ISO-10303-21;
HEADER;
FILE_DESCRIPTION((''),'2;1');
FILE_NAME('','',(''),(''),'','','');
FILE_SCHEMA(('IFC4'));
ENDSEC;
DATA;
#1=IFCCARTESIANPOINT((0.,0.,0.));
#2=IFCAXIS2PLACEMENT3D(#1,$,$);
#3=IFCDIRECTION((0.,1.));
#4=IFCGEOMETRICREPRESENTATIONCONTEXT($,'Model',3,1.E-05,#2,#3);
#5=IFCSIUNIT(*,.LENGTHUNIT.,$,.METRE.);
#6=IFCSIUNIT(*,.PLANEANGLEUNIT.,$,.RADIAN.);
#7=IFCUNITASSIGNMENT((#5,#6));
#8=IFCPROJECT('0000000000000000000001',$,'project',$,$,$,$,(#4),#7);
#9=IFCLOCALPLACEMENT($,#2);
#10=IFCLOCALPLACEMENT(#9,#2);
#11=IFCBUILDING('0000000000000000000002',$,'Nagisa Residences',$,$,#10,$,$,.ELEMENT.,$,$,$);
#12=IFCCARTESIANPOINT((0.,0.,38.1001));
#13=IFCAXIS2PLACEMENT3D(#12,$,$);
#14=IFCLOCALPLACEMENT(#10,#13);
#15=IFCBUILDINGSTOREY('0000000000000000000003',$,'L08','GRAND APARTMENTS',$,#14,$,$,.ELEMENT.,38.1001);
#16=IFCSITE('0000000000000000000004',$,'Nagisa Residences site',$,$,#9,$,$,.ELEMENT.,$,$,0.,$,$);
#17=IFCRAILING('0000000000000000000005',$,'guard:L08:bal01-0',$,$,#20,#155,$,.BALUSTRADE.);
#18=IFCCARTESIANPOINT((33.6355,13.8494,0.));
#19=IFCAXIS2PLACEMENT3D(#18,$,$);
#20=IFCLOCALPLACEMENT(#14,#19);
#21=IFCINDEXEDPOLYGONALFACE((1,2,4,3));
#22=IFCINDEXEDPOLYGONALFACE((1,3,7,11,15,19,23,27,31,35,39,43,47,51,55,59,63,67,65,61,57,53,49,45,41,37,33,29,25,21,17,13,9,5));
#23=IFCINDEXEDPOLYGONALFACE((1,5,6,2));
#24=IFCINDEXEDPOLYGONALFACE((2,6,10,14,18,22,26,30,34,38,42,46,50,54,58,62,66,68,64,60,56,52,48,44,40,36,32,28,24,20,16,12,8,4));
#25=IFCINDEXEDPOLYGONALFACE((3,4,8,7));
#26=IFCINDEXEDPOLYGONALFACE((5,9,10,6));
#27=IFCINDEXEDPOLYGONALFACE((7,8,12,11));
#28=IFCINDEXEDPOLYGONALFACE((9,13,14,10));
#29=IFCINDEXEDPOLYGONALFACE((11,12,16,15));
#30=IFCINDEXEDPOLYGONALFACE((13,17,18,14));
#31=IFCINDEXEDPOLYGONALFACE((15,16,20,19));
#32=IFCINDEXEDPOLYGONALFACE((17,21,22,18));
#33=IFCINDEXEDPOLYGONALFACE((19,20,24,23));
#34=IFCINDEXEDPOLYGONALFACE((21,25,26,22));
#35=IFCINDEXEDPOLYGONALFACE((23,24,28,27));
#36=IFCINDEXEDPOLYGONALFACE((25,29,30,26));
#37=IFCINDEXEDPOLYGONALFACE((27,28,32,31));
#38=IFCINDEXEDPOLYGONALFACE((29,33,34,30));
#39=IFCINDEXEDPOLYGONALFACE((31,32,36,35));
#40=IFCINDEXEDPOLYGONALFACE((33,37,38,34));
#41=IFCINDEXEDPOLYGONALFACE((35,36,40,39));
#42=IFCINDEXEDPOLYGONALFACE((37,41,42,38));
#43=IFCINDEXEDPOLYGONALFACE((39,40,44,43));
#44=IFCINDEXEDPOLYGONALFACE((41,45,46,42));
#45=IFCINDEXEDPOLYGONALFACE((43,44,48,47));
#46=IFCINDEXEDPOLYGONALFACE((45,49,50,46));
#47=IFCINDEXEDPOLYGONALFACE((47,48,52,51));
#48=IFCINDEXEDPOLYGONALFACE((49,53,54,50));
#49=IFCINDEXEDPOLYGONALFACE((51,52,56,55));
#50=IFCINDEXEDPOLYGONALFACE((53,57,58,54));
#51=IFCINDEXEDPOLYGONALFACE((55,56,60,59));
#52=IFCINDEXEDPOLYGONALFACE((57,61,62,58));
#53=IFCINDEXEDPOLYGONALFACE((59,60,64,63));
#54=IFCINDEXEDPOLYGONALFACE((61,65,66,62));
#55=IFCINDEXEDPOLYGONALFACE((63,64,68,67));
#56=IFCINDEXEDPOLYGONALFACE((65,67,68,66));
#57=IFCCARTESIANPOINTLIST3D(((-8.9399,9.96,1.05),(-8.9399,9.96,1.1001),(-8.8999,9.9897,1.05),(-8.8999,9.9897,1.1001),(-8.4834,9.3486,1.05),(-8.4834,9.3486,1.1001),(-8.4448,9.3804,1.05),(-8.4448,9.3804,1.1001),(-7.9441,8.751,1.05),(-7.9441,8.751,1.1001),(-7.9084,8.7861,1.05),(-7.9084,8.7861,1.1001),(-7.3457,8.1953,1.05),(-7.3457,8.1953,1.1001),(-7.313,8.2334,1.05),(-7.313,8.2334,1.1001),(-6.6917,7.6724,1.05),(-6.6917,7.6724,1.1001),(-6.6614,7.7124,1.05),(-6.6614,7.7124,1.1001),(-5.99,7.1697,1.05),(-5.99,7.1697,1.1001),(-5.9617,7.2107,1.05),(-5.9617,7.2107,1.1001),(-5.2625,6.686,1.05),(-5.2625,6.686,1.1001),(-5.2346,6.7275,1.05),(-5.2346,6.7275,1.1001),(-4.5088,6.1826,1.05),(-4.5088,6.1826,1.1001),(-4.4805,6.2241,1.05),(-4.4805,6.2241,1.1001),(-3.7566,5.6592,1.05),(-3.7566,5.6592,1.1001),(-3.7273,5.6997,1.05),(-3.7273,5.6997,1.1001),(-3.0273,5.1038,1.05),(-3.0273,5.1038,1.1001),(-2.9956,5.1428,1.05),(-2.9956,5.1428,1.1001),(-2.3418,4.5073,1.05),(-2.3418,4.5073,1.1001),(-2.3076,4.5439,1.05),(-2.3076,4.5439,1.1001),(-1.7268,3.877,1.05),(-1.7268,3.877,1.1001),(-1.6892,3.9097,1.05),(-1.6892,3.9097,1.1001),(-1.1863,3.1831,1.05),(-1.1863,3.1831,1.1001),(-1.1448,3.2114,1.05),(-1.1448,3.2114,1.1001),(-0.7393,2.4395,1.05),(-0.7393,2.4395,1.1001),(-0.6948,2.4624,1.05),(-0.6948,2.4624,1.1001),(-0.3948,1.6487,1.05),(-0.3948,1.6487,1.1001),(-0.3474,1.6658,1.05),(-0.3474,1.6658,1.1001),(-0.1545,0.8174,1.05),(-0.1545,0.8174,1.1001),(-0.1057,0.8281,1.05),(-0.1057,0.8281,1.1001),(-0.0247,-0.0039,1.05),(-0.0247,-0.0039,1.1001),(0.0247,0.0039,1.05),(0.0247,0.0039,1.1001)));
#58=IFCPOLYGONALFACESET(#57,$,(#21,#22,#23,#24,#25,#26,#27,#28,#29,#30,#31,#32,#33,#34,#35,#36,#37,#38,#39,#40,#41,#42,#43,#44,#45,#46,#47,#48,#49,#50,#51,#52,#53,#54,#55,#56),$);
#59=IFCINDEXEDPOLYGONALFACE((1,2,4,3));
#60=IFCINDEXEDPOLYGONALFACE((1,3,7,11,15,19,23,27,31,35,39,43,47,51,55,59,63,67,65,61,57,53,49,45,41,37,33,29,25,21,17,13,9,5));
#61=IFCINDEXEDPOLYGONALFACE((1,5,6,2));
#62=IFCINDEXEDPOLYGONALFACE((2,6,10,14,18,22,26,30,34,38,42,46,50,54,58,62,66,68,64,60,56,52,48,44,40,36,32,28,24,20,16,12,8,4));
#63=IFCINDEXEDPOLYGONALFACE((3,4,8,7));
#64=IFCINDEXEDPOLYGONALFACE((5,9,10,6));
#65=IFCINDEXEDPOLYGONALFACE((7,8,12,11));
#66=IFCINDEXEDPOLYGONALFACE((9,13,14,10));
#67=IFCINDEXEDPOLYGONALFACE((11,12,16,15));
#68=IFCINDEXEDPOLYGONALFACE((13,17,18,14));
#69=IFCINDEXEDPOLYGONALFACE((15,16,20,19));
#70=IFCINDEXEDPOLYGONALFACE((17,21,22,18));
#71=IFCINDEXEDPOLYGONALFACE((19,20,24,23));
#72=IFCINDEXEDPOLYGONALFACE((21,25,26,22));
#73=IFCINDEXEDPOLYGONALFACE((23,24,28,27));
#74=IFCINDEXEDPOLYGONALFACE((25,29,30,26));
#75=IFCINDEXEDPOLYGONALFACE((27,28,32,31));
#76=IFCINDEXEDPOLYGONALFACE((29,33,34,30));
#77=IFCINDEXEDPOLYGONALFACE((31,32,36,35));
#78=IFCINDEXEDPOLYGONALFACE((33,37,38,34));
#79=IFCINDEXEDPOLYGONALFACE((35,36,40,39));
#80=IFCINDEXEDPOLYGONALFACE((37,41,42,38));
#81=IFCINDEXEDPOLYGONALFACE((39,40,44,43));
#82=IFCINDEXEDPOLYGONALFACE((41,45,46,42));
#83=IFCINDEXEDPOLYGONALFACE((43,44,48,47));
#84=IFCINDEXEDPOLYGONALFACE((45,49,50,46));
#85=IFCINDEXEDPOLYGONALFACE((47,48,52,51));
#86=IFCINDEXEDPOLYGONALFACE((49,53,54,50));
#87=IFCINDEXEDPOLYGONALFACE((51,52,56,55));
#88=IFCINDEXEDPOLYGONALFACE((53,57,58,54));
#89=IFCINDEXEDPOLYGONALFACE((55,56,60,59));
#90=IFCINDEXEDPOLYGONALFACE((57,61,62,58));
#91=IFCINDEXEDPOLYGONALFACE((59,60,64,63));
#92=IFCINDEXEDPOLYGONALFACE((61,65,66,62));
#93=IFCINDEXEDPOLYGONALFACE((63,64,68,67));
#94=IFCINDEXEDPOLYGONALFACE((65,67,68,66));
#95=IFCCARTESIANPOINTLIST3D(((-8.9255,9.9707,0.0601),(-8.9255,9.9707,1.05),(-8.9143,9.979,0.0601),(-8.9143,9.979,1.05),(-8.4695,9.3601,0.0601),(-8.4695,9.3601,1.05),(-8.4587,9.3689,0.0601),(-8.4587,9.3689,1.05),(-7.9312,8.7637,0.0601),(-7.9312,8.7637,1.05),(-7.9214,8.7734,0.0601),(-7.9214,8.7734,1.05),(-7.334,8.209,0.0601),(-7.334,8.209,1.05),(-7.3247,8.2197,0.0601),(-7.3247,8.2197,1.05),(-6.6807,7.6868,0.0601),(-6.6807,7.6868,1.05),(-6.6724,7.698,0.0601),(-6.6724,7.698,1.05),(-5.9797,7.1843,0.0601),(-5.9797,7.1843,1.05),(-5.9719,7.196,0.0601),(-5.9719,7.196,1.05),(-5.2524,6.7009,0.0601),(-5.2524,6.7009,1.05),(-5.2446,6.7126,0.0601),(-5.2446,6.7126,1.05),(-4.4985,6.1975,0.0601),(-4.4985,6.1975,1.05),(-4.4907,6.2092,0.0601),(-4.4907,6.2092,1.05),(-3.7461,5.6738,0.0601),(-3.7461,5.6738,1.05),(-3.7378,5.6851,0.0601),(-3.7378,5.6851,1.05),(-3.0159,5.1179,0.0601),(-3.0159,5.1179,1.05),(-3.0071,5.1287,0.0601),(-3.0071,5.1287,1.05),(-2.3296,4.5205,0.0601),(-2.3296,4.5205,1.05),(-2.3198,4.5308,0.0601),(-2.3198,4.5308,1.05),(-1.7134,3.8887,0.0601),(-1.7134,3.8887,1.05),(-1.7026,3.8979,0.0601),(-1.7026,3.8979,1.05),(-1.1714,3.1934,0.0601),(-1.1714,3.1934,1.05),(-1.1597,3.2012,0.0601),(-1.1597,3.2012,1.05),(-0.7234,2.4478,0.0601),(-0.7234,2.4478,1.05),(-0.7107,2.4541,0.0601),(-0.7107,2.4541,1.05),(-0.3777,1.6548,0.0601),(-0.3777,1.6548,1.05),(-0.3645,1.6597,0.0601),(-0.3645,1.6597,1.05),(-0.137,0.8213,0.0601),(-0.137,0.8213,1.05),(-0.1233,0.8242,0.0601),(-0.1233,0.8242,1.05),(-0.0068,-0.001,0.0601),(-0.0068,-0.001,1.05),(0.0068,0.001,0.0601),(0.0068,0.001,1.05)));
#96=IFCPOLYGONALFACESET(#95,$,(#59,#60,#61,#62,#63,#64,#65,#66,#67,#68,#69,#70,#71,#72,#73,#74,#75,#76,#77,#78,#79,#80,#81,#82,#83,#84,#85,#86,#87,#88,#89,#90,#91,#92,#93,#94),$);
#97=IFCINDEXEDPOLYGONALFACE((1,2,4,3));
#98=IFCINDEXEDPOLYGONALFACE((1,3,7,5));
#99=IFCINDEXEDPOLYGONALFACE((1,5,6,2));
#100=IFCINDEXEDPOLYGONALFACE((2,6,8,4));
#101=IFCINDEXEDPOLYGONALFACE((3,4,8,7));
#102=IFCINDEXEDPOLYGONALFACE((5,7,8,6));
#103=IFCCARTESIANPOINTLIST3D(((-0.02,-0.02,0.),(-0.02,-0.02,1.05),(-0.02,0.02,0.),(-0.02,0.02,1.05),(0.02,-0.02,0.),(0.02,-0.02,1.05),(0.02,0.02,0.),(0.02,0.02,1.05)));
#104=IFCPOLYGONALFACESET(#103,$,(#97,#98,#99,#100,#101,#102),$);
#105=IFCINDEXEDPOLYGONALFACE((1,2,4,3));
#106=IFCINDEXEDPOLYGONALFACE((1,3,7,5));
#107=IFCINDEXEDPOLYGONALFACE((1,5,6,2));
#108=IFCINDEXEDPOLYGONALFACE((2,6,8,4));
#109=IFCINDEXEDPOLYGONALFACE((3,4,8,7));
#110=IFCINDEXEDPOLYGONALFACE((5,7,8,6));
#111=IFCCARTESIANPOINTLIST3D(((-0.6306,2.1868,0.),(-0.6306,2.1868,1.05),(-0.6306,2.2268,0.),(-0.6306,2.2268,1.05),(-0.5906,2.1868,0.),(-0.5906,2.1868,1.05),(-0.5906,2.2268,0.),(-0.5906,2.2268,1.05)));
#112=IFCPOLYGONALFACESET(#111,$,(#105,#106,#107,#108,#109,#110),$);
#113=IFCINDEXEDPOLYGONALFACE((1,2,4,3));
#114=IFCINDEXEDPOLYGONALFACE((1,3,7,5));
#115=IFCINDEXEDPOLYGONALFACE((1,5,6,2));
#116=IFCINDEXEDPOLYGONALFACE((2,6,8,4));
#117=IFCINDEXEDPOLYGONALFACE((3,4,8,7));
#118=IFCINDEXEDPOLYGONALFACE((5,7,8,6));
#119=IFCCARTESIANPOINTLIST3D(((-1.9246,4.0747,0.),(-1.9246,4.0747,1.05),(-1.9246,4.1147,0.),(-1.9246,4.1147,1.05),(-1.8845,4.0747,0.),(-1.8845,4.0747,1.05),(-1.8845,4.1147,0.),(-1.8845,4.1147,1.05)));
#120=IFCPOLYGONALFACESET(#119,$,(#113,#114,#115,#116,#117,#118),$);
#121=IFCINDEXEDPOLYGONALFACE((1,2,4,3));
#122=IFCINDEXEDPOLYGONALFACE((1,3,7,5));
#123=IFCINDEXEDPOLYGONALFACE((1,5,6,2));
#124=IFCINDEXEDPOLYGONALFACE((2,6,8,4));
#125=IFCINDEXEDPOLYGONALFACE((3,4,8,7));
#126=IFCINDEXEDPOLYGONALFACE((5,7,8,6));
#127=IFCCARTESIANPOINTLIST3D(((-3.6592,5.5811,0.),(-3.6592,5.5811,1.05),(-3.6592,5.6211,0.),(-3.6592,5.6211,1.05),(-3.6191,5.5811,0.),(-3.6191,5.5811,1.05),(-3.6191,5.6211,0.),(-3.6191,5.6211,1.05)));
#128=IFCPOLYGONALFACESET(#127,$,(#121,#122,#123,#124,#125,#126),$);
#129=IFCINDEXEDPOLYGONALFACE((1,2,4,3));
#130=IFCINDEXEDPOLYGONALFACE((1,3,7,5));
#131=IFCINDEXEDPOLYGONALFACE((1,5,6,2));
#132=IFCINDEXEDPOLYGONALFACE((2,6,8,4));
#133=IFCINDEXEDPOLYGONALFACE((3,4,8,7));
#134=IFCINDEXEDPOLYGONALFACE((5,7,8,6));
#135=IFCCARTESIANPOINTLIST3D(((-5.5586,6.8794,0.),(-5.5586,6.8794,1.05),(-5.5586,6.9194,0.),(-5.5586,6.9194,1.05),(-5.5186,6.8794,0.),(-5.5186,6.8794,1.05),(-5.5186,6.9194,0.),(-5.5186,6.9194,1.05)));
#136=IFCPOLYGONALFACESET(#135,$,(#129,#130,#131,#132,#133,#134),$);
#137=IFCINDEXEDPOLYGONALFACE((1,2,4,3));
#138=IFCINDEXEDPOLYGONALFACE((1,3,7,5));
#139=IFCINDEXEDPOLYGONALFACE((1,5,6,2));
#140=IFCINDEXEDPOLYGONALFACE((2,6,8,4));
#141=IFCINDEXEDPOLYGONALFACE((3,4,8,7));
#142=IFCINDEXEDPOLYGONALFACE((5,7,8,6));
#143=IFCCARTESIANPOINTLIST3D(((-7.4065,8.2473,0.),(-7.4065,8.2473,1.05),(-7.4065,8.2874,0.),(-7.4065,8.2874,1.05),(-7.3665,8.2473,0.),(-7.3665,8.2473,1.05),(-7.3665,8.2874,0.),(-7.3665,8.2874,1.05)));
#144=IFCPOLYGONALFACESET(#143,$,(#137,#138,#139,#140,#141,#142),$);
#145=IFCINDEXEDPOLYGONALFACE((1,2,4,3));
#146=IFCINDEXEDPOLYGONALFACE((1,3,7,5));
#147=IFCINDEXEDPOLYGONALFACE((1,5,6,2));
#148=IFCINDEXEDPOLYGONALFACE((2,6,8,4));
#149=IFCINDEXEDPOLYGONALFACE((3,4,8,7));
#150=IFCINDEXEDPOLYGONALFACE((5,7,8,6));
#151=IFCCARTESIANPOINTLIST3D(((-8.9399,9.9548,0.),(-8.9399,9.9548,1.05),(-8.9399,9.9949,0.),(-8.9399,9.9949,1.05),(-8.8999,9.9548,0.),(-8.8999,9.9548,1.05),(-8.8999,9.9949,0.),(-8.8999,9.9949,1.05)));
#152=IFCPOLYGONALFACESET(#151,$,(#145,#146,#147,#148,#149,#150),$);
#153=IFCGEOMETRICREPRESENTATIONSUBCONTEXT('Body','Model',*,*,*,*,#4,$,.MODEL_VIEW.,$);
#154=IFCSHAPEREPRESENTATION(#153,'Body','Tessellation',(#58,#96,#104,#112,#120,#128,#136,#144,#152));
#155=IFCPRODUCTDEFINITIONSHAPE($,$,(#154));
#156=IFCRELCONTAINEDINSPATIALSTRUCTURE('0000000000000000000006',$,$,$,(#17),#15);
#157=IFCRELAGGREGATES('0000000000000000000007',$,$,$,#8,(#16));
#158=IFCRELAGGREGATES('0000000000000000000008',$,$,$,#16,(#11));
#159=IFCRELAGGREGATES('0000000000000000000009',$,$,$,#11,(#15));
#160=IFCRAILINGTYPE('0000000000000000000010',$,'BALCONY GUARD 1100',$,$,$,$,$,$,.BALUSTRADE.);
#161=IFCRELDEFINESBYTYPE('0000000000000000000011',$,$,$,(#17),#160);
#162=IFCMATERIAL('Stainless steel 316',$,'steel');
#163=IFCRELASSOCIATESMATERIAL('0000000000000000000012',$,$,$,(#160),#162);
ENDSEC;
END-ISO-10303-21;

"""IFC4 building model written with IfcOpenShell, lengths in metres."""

from ifc_helpers import new_model, si_unit, direction, frame, origin, origin_2d, place, context, subcontext, project, spatial, polyline, rectangle, outline, extrude, material, type_object, element, save


model = new_model("IFC4")

# Units and contexts
model_context = context("Model", 3, precision=1e-05, world=origin(), true_north=direction((0.0, 1.0)))
body_context = subcontext(model_context, "Body", "Model", "MODEL_VIEW")
ifc_project = project(units=[si_unit("LENGTHUNIT", "METRE"), si_unit("PLANEANGLEUNIT", "RADIAN")], contexts=[model_context])

# Site, building, storey
site_placement = place(None, origin())
site = spatial("IfcSite", under=ifc_project, at=site_placement, Name="Nagisa Residences site", CompositionType="ELEMENT", RefElevation=0.0)
building_placement = place(site_placement, origin())
building = spatial("IfcBuilding", under=site, at=building_placement, Name="Nagisa Residences", CompositionType="ELEMENT")
storey_placement = place(building_placement, frame((0.0, 0.0, 38.1001)))
storey = spatial("IfcBuildingStorey", under=building, at=storey_placement, Name="L08", Description="GRAND APARTMENTS", CompositionType="ELEMENT", Elevation=38.1001)

# Railing
ifc_material_1 = material(Name="Stainless steel 316", Category="steel")
railing_type = type_object("IfcRailingType", Name="BALCONY GUARD 1100", PredefinedType="BALUSTRADE", material=ifc_material_1)
railing_1_placement = place(storey_placement, frame((33.6355, 13.8494, 0.0)))
element("IfcRailing", 1, at=railing_1_placement, inside=storey, type_object=railing_type, Name="guard:L08:bal01-0", PredefinedType="BALUSTRADE", context=body_context, shape_type="SweptSolid", body=[
    extrude(outline(polyline([(-0.1545, 0.8174), (-0.0247, -0.0039), (0.0247, 0.0039), (-0.1057, 0.8281), (-0.3474, 1.6658), (-0.6948, 2.4624), (-1.1448, 3.2114), (-1.6892, 3.9097), (-2.3076, 4.5439), (-2.9956, 5.1428), (-3.7273, 5.6997), (-4.4805, 6.2241), (-5.2346, 6.7275), (-5.9617, 7.2107), (-6.6614, 7.7124), (-7.313, 8.2334), (-7.9084, 8.7861), (-8.4448, 9.3804), (-8.8999, 9.9897), (-8.9399, 9.96), (-8.4834, 9.3486), (-7.9441, 8.751), (-7.3457, 8.1953), (-6.6917, 7.6724), (-5.99, 7.1697), (-5.2625, 6.686), (-4.5088, 6.1826), (-3.7566, 5.6592), (-3.0273, 5.1038), (-2.3418, 4.5073), (-1.7268, 3.877), (-1.1863, 3.1831), (-0.7393, 2.4395), (-0.3948, 1.6487), (-0.1545, 0.8174)])), frame((0.0, 0.0, 1.05)), (0.0, 0.0, 1.0), 0.05),
    extrude(outline(polyline([(-0.137, 0.8213), (-0.0068, -0.001), (0.0068, 0.001), (-0.1233, 0.8242), (-0.3645, 1.6597), (-0.7107, 2.4541), (-1.1597, 3.2012), (-1.7026, 3.8979), (-2.3198, 4.5308), (-3.0071, 5.1287), (-3.7378, 5.6851), (-4.4907, 6.2092), (-5.2446, 6.7126), (-5.9719, 7.196), (-6.6724, 7.698), (-7.3247, 8.2197), (-7.9214, 8.7734), (-8.4587, 9.3689), (-8.9143, 9.979), (-8.9255, 9.9707), (-8.4695, 9.3601), (-7.9312, 8.7637), (-7.334, 8.209), (-6.6807, 7.6868), (-5.9797, 7.1843), (-5.2524, 6.7009), (-4.4985, 6.1975), (-3.7461, 5.6738), (-3.0159, 5.1179), (-2.3296, 4.5205), (-1.7134, 3.8887), (-1.1714, 3.1934), (-0.7234, 2.4478), (-0.3777, 1.6548), (-0.137, 0.8213)])), frame((0.0, 0.0, 0.0601)), (0.0, 0.0, 1.0), 0.99),
    extrude(rectangle(XDim=0.04, YDim=0.04, at=origin_2d()), origin(), (0.0, 0.0, 1.0), 1.05),
    extrude(rectangle(XDim=0.04, YDim=0.04, at=origin_2d()), frame((-0.6106, 2.2068, 0.0)), (0.0, 0.0, 1.0), 1.05),
    extrude(rectangle(XDim=0.04, YDim=0.04, at=origin_2d()), frame((-1.9045, 4.0947, 0.0)), (0.0, 0.0, 1.0), 1.05),
    extrude(rectangle(XDim=0.04, YDim=0.04, at=origin_2d()), frame((-3.6392, 5.6011, 0.0)), (0.0, 0.0, 1.0), 1.05),
    extrude(rectangle(XDim=0.04, YDim=0.04, at=origin_2d()), frame((-5.5386, 6.8994, 0.0)), (0.0, 0.0, 1.0), 1.05),
    extrude(rectangle(XDim=0.04, YDim=0.04, at=origin_2d()), frame((-7.3865, 8.2673, 0.0)), (0.0, 0.0, 1.0), 1.05),
    extrude(rectangle(XDim=0.04, YDim=0.04, at=origin_2d()), frame((-8.9199, 9.9749, 0.0)), (0.0, 0.0, 1.0), 1.05),
])

save(model, "model.ifc")
